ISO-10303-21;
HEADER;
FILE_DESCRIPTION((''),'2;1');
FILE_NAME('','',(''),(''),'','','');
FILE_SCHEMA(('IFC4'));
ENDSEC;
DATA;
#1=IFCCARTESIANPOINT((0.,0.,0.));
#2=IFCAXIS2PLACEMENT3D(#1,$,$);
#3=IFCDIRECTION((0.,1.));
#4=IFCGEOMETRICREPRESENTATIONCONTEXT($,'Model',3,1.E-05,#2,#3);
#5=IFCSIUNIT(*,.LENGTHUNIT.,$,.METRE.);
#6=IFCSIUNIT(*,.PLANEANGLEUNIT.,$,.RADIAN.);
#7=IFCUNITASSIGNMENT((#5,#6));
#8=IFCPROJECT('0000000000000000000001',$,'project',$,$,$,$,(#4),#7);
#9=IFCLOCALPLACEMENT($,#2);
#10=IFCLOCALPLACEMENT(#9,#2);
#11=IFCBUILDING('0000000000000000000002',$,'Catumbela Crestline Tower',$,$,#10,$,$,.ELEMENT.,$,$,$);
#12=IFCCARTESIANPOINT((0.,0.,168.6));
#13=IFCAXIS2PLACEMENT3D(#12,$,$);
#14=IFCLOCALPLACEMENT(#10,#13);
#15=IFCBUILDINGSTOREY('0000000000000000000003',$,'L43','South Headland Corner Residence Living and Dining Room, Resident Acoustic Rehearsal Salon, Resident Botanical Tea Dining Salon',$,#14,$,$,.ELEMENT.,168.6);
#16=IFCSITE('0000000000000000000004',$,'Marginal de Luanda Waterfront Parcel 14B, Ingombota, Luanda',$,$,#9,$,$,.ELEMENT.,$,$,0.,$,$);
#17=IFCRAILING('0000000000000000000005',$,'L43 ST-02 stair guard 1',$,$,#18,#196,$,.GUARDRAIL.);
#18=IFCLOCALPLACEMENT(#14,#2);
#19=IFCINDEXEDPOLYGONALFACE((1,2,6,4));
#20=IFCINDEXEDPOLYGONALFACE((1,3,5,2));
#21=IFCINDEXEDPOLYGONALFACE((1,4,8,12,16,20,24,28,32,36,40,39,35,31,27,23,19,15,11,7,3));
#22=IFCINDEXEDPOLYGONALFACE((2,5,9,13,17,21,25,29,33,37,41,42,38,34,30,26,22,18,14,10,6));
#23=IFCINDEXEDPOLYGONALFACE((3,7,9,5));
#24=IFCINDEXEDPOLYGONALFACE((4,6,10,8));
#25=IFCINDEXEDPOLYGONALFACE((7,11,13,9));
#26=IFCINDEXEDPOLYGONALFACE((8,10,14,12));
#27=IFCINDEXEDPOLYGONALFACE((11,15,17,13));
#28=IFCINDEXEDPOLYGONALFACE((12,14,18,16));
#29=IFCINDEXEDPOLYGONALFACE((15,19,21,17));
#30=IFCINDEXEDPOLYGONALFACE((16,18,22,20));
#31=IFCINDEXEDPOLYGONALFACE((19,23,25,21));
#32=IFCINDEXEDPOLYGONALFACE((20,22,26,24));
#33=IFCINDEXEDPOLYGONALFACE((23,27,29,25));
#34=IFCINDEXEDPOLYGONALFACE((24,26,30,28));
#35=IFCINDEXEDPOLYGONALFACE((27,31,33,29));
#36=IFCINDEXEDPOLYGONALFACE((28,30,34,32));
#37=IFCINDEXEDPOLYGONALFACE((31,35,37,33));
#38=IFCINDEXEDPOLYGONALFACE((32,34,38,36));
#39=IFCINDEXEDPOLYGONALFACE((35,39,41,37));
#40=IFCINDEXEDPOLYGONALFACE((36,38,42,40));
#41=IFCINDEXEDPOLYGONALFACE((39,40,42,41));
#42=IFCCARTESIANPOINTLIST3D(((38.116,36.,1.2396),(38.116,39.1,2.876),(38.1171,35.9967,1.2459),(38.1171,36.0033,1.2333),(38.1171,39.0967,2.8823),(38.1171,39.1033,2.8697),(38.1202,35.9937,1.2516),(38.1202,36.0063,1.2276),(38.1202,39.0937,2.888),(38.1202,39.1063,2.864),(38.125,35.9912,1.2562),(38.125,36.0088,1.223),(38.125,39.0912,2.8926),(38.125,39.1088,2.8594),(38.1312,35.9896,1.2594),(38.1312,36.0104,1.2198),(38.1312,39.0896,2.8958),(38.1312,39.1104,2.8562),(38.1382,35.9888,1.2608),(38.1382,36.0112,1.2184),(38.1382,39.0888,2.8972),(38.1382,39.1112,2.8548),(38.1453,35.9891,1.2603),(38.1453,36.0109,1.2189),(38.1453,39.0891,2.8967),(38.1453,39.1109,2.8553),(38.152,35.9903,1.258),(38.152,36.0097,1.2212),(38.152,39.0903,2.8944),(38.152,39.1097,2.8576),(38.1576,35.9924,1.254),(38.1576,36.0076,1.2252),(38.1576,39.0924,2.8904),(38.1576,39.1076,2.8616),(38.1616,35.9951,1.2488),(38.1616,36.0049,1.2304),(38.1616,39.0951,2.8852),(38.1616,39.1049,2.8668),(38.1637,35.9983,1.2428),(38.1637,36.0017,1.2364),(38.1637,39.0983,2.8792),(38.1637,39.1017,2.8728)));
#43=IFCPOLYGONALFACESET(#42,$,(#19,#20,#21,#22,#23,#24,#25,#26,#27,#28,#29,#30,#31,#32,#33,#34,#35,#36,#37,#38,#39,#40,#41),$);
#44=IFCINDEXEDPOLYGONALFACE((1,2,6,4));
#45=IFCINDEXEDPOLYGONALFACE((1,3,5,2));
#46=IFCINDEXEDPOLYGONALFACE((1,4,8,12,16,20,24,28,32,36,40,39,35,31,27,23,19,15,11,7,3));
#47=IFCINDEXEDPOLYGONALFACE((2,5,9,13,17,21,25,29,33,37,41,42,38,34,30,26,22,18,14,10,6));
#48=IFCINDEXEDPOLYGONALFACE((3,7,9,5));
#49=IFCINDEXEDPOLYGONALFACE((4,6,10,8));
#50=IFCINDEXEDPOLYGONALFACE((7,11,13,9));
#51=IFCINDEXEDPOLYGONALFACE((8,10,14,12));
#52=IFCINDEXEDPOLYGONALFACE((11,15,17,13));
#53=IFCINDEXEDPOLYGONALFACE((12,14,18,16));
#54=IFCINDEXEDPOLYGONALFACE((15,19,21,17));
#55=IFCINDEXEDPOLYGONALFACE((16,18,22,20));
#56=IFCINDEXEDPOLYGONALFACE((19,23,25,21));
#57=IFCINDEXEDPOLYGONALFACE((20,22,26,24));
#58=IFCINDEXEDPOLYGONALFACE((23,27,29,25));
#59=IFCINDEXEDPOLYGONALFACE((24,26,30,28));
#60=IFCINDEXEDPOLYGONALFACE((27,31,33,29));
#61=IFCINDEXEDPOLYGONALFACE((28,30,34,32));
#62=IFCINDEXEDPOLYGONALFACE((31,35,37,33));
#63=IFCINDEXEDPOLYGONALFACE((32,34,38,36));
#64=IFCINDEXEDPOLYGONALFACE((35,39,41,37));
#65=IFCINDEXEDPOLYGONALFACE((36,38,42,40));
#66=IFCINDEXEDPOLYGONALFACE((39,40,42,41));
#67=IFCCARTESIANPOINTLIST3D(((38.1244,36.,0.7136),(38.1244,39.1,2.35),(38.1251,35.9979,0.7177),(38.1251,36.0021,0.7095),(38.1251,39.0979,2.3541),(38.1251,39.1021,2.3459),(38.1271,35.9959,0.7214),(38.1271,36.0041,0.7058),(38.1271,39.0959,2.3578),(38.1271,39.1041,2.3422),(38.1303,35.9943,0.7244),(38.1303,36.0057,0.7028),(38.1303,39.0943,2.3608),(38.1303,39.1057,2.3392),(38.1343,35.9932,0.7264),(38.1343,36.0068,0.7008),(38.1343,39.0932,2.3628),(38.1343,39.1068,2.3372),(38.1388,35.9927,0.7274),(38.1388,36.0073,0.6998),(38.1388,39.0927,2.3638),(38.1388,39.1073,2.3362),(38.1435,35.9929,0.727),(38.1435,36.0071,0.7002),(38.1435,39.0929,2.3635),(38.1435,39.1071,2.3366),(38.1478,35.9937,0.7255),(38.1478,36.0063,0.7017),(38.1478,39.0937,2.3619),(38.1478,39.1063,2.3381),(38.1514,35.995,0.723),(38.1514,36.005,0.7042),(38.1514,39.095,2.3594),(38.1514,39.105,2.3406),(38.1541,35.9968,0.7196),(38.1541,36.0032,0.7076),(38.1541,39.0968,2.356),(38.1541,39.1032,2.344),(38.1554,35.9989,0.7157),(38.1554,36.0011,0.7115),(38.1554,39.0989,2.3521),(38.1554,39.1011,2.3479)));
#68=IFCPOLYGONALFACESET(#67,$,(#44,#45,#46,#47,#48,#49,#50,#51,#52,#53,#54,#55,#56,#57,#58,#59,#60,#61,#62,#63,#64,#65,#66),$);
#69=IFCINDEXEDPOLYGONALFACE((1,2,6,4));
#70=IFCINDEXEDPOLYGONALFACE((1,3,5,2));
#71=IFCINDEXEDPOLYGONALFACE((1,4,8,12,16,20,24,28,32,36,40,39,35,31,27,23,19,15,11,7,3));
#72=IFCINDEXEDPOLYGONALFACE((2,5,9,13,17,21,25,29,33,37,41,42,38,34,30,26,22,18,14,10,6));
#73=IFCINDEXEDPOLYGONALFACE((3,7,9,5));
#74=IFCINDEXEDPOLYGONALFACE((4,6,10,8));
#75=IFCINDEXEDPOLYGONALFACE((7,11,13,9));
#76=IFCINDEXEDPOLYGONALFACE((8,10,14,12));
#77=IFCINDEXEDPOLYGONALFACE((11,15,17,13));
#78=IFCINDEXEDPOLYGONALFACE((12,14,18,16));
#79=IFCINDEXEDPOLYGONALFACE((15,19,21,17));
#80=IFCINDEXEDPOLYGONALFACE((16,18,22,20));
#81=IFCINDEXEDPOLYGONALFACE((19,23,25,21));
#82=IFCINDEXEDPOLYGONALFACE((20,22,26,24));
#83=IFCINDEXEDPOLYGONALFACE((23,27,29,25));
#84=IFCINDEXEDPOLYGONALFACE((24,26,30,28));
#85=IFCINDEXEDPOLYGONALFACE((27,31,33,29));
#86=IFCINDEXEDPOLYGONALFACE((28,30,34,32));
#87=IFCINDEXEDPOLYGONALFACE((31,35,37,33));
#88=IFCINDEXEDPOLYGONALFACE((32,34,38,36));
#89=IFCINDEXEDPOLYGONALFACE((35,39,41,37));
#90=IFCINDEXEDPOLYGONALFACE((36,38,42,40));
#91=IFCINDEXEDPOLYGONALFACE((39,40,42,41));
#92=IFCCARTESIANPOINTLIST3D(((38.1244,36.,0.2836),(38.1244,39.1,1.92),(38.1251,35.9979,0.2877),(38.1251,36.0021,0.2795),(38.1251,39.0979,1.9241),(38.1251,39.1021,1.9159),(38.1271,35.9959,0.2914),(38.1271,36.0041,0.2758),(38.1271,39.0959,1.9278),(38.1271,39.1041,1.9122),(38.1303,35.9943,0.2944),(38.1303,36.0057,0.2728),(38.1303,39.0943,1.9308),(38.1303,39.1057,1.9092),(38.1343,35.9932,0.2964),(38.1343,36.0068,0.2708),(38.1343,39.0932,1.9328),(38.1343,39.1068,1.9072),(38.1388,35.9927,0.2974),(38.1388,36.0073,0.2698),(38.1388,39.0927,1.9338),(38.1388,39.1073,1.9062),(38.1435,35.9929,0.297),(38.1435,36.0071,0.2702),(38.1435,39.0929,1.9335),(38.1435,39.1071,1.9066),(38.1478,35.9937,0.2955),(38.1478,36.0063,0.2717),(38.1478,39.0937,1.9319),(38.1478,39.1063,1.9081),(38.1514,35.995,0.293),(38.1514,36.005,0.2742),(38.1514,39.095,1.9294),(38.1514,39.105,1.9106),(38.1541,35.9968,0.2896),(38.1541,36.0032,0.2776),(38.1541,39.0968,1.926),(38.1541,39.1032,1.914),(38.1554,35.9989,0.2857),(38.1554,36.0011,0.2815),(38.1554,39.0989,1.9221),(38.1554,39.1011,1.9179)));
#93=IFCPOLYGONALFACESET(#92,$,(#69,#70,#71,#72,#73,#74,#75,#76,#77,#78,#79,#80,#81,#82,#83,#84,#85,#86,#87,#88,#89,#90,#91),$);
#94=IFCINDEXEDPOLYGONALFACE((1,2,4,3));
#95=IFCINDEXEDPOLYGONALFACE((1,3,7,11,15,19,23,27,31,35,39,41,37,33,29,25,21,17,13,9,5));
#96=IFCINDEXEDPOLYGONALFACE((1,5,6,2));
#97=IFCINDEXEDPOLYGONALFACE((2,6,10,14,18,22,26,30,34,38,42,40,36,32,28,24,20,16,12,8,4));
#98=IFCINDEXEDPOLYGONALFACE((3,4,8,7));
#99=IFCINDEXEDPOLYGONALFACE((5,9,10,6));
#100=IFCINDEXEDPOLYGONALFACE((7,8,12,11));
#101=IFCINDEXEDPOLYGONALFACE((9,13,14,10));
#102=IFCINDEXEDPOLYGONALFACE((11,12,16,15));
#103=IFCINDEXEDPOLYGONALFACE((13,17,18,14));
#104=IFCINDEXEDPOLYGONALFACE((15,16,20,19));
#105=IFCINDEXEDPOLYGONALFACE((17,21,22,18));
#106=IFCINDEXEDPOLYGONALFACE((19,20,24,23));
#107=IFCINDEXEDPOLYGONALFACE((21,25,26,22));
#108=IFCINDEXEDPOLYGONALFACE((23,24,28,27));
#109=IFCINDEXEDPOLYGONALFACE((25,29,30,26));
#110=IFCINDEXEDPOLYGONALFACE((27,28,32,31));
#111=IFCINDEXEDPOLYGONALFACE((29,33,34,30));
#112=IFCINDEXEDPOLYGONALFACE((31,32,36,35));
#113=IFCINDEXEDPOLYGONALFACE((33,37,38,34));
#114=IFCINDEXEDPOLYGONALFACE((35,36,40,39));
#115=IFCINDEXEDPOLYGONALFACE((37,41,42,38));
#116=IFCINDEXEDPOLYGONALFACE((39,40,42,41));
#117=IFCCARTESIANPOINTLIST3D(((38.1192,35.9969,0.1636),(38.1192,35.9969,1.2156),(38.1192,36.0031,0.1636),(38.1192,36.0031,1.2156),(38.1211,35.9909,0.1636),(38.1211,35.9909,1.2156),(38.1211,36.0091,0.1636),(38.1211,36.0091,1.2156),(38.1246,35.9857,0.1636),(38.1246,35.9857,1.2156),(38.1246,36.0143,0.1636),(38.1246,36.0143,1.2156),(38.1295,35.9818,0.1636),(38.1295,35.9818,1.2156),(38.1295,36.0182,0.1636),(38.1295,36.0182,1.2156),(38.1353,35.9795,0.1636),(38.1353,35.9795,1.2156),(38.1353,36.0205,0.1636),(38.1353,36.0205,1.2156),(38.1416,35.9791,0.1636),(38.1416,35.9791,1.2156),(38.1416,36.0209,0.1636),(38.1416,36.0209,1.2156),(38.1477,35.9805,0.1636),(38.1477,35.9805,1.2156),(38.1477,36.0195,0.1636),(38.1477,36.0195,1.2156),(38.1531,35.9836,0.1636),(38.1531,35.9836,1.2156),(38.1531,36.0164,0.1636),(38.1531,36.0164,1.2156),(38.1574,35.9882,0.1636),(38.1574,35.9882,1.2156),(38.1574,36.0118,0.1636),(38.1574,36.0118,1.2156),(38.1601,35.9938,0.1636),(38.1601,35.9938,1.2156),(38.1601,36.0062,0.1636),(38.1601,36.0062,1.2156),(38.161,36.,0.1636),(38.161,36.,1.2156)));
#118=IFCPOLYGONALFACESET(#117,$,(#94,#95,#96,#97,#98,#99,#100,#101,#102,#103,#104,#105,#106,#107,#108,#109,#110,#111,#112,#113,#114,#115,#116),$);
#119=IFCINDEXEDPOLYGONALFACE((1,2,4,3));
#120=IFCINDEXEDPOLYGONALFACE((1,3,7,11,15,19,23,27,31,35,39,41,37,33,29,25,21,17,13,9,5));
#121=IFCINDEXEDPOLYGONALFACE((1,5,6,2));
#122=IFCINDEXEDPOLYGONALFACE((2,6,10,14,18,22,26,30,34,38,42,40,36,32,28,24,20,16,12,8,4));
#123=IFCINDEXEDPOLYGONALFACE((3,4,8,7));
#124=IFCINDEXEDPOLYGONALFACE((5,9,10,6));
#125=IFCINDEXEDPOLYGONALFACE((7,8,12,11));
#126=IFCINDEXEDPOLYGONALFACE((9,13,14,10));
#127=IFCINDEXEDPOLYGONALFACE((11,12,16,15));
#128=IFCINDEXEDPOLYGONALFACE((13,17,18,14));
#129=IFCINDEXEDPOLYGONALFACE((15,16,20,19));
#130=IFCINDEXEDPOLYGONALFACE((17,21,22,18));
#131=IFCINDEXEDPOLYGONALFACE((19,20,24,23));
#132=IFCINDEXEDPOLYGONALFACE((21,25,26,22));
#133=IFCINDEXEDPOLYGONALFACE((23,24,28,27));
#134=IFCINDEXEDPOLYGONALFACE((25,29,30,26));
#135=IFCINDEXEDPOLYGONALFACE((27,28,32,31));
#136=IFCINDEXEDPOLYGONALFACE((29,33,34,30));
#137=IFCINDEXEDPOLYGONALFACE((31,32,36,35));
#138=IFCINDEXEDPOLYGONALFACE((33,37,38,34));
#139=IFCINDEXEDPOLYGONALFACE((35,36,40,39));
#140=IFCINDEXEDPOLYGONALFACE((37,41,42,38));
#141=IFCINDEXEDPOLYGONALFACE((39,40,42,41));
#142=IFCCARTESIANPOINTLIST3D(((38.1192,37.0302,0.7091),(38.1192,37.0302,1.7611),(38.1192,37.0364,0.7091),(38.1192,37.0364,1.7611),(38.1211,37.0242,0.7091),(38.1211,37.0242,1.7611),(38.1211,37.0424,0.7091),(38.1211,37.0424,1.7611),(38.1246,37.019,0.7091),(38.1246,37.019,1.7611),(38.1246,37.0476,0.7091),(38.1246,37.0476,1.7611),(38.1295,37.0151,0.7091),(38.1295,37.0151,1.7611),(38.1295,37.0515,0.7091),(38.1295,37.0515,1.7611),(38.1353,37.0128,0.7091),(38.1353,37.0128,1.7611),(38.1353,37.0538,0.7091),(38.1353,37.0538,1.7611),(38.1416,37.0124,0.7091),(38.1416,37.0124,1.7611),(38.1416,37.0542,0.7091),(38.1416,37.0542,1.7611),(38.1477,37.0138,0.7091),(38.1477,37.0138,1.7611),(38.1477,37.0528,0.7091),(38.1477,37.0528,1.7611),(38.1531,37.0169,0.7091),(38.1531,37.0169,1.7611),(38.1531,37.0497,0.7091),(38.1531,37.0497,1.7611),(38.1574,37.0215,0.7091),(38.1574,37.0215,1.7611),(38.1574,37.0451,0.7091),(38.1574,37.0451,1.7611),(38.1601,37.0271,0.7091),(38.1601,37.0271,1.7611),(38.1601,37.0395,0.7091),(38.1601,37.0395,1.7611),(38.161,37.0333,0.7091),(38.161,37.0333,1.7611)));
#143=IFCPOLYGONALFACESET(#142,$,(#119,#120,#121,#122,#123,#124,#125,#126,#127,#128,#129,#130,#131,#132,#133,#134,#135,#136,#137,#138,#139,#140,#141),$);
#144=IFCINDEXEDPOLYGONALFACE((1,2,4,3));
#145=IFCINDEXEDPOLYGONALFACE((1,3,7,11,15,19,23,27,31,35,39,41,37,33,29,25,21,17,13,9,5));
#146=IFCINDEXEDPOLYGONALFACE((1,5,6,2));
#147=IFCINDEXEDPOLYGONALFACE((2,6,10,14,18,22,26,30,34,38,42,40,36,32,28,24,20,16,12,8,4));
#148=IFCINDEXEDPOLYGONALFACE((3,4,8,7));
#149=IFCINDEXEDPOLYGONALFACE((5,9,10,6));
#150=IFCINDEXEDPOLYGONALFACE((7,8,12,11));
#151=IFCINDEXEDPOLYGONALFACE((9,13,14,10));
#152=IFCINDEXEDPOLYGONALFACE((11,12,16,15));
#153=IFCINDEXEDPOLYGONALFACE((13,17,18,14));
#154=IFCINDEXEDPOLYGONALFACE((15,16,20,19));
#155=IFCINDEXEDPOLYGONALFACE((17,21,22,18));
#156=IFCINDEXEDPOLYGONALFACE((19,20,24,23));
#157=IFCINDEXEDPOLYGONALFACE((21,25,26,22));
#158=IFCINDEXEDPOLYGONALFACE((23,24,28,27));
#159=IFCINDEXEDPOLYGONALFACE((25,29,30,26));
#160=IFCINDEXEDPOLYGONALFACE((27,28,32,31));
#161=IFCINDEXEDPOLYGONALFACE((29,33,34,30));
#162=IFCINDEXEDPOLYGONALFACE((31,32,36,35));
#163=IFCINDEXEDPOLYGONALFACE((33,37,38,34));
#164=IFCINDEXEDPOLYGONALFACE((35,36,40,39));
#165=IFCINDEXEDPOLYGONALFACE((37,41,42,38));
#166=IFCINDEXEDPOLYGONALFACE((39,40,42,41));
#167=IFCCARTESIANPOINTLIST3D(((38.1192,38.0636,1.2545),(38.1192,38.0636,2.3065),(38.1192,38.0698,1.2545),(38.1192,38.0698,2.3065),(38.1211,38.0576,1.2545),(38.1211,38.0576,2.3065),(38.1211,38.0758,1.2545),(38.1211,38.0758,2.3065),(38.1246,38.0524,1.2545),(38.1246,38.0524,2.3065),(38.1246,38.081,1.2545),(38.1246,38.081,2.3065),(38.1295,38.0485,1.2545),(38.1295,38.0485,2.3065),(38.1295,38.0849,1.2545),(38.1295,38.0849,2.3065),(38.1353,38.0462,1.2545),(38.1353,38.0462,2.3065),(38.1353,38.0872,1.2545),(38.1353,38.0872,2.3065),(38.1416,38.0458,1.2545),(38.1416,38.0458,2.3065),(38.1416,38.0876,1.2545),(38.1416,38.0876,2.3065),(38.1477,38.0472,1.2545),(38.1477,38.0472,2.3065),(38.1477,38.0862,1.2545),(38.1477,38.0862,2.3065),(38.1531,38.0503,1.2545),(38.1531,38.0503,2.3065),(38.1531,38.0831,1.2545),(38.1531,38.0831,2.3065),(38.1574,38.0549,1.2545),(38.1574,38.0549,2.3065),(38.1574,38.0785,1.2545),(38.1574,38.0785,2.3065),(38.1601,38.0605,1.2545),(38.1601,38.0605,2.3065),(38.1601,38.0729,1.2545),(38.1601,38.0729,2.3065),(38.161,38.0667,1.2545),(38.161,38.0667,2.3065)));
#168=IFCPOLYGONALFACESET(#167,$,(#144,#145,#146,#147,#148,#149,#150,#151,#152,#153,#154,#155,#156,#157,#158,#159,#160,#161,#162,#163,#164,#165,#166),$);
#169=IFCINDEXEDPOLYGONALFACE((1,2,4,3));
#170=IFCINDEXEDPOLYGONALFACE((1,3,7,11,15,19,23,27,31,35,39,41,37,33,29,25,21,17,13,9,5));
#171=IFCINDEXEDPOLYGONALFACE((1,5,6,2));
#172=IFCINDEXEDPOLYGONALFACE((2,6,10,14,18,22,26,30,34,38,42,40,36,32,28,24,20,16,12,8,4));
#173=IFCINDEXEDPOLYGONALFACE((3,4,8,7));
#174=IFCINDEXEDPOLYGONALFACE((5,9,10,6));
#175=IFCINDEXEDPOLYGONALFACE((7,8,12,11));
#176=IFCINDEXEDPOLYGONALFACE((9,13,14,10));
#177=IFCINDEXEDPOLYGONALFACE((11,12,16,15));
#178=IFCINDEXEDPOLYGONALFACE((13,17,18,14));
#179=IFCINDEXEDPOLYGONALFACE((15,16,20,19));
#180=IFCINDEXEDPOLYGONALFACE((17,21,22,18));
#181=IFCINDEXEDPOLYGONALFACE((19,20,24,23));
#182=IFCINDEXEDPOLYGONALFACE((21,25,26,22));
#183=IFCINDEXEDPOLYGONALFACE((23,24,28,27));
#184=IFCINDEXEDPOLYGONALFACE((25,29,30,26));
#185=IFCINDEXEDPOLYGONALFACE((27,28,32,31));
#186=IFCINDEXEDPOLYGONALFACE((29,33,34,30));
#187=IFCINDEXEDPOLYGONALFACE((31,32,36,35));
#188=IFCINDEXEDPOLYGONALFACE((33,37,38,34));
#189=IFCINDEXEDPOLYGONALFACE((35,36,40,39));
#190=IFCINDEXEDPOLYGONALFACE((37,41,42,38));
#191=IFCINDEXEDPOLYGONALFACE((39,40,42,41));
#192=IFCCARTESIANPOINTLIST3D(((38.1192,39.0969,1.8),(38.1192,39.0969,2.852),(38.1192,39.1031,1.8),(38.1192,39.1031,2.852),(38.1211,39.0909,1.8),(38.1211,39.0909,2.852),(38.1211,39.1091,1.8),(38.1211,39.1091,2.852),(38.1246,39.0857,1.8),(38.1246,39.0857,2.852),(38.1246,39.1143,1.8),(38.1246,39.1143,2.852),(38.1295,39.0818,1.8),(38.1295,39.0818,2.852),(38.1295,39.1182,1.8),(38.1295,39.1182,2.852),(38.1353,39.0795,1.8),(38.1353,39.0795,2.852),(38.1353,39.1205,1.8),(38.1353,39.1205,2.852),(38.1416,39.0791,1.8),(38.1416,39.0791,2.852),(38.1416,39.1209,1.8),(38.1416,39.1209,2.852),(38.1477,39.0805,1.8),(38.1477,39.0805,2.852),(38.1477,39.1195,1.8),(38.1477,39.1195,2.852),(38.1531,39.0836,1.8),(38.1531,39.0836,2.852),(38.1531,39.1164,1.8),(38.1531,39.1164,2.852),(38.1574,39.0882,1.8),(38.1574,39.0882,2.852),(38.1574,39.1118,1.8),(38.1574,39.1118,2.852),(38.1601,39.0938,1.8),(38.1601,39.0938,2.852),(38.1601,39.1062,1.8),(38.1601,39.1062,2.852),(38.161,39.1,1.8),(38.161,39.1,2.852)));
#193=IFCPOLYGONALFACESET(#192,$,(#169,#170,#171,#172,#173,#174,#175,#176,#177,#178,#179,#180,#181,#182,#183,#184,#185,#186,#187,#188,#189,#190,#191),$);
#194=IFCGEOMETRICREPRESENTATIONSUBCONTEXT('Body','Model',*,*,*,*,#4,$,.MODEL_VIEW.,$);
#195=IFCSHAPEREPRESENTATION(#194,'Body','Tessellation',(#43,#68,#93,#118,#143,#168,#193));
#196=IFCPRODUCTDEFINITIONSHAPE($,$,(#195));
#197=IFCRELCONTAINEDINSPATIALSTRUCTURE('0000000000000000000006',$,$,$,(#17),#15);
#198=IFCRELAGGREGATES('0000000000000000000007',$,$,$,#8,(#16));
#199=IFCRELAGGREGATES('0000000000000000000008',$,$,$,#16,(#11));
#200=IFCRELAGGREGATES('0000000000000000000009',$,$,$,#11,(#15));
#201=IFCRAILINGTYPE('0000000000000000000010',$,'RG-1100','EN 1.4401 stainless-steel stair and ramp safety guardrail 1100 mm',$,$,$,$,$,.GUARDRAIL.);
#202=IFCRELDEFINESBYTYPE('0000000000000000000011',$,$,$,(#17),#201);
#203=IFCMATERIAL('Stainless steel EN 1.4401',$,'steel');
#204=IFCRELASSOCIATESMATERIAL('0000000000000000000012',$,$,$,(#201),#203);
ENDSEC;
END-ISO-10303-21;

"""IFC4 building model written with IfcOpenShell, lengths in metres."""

from ifc_helpers import new_model, si_unit, direction, frame, origin, origin_2d, place, context, subcontext, project, spatial, circle, extrude, material, type_object, element, save


model = new_model("IFC4")

# Units and contexts
model_context = context("Model", 3, precision=1e-05, world=origin(), true_north=direction((0.0, 1.0)))
body_context = subcontext(model_context, "Body", "Model", "MODEL_VIEW")
ifc_project = project(units=[si_unit("LENGTHUNIT", "METRE"), si_unit("PLANEANGLEUNIT", "RADIAN")], contexts=[model_context])

# Site, building, storey
site_placement = place(None, origin())
site = spatial("IfcSite", under=ifc_project, at=site_placement, Name="Marginal de Luanda Waterfront Parcel 14B, Ingombota, Luanda", CompositionType="ELEMENT", RefElevation=0.0)
building_placement = place(site_placement, origin())
building = spatial("IfcBuilding", under=site, at=building_placement, Name="Catumbela Crestline Tower", CompositionType="ELEMENT")
storey_placement = place(building_placement, frame((0.0, 0.0, 168.6)))
storey = spatial("IfcBuildingStorey", under=building, at=storey_placement, Name="L43", Description="South Headland Corner Residence Living and Dining Room, Resident Acoustic Rehearsal Salon, Resident Botanical Tea Dining Salon", CompositionType="ELEMENT", Elevation=168.6)

# Shared definitions
ifc_material_1 = material(Name="Stainless steel EN 1.4401", Category="steel")

# Railing
railing_type_1 = type_object("IfcRailingType", Name="RG-1100", Description="EN 1.4401 stainless-steel stair and ramp safety guardrail 1100 mm", PredefinedType="GUARDRAIL", material=ifc_material_1)
railing_1_placement = place(storey_placement, frame((38.14, 36.0, 0.1636)))
element("IfcRailing", 1, at=railing_1_placement, inside=storey, type_object=railing_type_1, Name="L43 ST-02 stair guard 1", PredefinedType="GUARDRAIL", context=body_context, shape_type="SweptSolid", body=[
    extrude(circle(Radius=0.024, at=origin_2d()), frame((0.0, 0.0, 1.076), z_axis=(0.0, 0.884351, 0.466823), x_axis=(-1.0, 0.0, 0.0)), (0.0, 0.0, 1.0), 3.5054),
    extrude(circle(Radius=0.0156, at=origin_2d()), frame((0.0, 0.0, 0.55), z_axis=(0.0, 0.884351, 0.466823), x_axis=(-1.0, 0.0, 0.0)), (0.0, 0.0, 1.0), 3.5054),
    extrude(circle(Radius=0.0156, at=origin_2d()), frame((0.0, 0.0, 0.12), z_axis=(0.0, 0.884351, 0.466823), x_axis=(-1.0, 0.0, 0.0)), (0.0, 0.0, 1.0), 3.5054),
    extrude(circle(Radius=0.021, at=origin_2d()), origin(), (0.0, 0.0, 1.0), 1.052),
    extrude(circle(Radius=0.021, at=origin_2d()), frame((0.0, 1.0333, 0.5455)), (0.0, 0.0, 1.0), 1.052),
    extrude(circle(Radius=0.021, at=origin_2d()), frame((0.0, 2.0667, 1.0909)), (0.0, 0.0, 1.0), 1.052),
    extrude(circle(Radius=0.021, at=origin_2d()), frame((0.0, 3.1, 1.6364)), (0.0, 0.0, 1.0), 1.052),
])

save(model, "model.ifc")
